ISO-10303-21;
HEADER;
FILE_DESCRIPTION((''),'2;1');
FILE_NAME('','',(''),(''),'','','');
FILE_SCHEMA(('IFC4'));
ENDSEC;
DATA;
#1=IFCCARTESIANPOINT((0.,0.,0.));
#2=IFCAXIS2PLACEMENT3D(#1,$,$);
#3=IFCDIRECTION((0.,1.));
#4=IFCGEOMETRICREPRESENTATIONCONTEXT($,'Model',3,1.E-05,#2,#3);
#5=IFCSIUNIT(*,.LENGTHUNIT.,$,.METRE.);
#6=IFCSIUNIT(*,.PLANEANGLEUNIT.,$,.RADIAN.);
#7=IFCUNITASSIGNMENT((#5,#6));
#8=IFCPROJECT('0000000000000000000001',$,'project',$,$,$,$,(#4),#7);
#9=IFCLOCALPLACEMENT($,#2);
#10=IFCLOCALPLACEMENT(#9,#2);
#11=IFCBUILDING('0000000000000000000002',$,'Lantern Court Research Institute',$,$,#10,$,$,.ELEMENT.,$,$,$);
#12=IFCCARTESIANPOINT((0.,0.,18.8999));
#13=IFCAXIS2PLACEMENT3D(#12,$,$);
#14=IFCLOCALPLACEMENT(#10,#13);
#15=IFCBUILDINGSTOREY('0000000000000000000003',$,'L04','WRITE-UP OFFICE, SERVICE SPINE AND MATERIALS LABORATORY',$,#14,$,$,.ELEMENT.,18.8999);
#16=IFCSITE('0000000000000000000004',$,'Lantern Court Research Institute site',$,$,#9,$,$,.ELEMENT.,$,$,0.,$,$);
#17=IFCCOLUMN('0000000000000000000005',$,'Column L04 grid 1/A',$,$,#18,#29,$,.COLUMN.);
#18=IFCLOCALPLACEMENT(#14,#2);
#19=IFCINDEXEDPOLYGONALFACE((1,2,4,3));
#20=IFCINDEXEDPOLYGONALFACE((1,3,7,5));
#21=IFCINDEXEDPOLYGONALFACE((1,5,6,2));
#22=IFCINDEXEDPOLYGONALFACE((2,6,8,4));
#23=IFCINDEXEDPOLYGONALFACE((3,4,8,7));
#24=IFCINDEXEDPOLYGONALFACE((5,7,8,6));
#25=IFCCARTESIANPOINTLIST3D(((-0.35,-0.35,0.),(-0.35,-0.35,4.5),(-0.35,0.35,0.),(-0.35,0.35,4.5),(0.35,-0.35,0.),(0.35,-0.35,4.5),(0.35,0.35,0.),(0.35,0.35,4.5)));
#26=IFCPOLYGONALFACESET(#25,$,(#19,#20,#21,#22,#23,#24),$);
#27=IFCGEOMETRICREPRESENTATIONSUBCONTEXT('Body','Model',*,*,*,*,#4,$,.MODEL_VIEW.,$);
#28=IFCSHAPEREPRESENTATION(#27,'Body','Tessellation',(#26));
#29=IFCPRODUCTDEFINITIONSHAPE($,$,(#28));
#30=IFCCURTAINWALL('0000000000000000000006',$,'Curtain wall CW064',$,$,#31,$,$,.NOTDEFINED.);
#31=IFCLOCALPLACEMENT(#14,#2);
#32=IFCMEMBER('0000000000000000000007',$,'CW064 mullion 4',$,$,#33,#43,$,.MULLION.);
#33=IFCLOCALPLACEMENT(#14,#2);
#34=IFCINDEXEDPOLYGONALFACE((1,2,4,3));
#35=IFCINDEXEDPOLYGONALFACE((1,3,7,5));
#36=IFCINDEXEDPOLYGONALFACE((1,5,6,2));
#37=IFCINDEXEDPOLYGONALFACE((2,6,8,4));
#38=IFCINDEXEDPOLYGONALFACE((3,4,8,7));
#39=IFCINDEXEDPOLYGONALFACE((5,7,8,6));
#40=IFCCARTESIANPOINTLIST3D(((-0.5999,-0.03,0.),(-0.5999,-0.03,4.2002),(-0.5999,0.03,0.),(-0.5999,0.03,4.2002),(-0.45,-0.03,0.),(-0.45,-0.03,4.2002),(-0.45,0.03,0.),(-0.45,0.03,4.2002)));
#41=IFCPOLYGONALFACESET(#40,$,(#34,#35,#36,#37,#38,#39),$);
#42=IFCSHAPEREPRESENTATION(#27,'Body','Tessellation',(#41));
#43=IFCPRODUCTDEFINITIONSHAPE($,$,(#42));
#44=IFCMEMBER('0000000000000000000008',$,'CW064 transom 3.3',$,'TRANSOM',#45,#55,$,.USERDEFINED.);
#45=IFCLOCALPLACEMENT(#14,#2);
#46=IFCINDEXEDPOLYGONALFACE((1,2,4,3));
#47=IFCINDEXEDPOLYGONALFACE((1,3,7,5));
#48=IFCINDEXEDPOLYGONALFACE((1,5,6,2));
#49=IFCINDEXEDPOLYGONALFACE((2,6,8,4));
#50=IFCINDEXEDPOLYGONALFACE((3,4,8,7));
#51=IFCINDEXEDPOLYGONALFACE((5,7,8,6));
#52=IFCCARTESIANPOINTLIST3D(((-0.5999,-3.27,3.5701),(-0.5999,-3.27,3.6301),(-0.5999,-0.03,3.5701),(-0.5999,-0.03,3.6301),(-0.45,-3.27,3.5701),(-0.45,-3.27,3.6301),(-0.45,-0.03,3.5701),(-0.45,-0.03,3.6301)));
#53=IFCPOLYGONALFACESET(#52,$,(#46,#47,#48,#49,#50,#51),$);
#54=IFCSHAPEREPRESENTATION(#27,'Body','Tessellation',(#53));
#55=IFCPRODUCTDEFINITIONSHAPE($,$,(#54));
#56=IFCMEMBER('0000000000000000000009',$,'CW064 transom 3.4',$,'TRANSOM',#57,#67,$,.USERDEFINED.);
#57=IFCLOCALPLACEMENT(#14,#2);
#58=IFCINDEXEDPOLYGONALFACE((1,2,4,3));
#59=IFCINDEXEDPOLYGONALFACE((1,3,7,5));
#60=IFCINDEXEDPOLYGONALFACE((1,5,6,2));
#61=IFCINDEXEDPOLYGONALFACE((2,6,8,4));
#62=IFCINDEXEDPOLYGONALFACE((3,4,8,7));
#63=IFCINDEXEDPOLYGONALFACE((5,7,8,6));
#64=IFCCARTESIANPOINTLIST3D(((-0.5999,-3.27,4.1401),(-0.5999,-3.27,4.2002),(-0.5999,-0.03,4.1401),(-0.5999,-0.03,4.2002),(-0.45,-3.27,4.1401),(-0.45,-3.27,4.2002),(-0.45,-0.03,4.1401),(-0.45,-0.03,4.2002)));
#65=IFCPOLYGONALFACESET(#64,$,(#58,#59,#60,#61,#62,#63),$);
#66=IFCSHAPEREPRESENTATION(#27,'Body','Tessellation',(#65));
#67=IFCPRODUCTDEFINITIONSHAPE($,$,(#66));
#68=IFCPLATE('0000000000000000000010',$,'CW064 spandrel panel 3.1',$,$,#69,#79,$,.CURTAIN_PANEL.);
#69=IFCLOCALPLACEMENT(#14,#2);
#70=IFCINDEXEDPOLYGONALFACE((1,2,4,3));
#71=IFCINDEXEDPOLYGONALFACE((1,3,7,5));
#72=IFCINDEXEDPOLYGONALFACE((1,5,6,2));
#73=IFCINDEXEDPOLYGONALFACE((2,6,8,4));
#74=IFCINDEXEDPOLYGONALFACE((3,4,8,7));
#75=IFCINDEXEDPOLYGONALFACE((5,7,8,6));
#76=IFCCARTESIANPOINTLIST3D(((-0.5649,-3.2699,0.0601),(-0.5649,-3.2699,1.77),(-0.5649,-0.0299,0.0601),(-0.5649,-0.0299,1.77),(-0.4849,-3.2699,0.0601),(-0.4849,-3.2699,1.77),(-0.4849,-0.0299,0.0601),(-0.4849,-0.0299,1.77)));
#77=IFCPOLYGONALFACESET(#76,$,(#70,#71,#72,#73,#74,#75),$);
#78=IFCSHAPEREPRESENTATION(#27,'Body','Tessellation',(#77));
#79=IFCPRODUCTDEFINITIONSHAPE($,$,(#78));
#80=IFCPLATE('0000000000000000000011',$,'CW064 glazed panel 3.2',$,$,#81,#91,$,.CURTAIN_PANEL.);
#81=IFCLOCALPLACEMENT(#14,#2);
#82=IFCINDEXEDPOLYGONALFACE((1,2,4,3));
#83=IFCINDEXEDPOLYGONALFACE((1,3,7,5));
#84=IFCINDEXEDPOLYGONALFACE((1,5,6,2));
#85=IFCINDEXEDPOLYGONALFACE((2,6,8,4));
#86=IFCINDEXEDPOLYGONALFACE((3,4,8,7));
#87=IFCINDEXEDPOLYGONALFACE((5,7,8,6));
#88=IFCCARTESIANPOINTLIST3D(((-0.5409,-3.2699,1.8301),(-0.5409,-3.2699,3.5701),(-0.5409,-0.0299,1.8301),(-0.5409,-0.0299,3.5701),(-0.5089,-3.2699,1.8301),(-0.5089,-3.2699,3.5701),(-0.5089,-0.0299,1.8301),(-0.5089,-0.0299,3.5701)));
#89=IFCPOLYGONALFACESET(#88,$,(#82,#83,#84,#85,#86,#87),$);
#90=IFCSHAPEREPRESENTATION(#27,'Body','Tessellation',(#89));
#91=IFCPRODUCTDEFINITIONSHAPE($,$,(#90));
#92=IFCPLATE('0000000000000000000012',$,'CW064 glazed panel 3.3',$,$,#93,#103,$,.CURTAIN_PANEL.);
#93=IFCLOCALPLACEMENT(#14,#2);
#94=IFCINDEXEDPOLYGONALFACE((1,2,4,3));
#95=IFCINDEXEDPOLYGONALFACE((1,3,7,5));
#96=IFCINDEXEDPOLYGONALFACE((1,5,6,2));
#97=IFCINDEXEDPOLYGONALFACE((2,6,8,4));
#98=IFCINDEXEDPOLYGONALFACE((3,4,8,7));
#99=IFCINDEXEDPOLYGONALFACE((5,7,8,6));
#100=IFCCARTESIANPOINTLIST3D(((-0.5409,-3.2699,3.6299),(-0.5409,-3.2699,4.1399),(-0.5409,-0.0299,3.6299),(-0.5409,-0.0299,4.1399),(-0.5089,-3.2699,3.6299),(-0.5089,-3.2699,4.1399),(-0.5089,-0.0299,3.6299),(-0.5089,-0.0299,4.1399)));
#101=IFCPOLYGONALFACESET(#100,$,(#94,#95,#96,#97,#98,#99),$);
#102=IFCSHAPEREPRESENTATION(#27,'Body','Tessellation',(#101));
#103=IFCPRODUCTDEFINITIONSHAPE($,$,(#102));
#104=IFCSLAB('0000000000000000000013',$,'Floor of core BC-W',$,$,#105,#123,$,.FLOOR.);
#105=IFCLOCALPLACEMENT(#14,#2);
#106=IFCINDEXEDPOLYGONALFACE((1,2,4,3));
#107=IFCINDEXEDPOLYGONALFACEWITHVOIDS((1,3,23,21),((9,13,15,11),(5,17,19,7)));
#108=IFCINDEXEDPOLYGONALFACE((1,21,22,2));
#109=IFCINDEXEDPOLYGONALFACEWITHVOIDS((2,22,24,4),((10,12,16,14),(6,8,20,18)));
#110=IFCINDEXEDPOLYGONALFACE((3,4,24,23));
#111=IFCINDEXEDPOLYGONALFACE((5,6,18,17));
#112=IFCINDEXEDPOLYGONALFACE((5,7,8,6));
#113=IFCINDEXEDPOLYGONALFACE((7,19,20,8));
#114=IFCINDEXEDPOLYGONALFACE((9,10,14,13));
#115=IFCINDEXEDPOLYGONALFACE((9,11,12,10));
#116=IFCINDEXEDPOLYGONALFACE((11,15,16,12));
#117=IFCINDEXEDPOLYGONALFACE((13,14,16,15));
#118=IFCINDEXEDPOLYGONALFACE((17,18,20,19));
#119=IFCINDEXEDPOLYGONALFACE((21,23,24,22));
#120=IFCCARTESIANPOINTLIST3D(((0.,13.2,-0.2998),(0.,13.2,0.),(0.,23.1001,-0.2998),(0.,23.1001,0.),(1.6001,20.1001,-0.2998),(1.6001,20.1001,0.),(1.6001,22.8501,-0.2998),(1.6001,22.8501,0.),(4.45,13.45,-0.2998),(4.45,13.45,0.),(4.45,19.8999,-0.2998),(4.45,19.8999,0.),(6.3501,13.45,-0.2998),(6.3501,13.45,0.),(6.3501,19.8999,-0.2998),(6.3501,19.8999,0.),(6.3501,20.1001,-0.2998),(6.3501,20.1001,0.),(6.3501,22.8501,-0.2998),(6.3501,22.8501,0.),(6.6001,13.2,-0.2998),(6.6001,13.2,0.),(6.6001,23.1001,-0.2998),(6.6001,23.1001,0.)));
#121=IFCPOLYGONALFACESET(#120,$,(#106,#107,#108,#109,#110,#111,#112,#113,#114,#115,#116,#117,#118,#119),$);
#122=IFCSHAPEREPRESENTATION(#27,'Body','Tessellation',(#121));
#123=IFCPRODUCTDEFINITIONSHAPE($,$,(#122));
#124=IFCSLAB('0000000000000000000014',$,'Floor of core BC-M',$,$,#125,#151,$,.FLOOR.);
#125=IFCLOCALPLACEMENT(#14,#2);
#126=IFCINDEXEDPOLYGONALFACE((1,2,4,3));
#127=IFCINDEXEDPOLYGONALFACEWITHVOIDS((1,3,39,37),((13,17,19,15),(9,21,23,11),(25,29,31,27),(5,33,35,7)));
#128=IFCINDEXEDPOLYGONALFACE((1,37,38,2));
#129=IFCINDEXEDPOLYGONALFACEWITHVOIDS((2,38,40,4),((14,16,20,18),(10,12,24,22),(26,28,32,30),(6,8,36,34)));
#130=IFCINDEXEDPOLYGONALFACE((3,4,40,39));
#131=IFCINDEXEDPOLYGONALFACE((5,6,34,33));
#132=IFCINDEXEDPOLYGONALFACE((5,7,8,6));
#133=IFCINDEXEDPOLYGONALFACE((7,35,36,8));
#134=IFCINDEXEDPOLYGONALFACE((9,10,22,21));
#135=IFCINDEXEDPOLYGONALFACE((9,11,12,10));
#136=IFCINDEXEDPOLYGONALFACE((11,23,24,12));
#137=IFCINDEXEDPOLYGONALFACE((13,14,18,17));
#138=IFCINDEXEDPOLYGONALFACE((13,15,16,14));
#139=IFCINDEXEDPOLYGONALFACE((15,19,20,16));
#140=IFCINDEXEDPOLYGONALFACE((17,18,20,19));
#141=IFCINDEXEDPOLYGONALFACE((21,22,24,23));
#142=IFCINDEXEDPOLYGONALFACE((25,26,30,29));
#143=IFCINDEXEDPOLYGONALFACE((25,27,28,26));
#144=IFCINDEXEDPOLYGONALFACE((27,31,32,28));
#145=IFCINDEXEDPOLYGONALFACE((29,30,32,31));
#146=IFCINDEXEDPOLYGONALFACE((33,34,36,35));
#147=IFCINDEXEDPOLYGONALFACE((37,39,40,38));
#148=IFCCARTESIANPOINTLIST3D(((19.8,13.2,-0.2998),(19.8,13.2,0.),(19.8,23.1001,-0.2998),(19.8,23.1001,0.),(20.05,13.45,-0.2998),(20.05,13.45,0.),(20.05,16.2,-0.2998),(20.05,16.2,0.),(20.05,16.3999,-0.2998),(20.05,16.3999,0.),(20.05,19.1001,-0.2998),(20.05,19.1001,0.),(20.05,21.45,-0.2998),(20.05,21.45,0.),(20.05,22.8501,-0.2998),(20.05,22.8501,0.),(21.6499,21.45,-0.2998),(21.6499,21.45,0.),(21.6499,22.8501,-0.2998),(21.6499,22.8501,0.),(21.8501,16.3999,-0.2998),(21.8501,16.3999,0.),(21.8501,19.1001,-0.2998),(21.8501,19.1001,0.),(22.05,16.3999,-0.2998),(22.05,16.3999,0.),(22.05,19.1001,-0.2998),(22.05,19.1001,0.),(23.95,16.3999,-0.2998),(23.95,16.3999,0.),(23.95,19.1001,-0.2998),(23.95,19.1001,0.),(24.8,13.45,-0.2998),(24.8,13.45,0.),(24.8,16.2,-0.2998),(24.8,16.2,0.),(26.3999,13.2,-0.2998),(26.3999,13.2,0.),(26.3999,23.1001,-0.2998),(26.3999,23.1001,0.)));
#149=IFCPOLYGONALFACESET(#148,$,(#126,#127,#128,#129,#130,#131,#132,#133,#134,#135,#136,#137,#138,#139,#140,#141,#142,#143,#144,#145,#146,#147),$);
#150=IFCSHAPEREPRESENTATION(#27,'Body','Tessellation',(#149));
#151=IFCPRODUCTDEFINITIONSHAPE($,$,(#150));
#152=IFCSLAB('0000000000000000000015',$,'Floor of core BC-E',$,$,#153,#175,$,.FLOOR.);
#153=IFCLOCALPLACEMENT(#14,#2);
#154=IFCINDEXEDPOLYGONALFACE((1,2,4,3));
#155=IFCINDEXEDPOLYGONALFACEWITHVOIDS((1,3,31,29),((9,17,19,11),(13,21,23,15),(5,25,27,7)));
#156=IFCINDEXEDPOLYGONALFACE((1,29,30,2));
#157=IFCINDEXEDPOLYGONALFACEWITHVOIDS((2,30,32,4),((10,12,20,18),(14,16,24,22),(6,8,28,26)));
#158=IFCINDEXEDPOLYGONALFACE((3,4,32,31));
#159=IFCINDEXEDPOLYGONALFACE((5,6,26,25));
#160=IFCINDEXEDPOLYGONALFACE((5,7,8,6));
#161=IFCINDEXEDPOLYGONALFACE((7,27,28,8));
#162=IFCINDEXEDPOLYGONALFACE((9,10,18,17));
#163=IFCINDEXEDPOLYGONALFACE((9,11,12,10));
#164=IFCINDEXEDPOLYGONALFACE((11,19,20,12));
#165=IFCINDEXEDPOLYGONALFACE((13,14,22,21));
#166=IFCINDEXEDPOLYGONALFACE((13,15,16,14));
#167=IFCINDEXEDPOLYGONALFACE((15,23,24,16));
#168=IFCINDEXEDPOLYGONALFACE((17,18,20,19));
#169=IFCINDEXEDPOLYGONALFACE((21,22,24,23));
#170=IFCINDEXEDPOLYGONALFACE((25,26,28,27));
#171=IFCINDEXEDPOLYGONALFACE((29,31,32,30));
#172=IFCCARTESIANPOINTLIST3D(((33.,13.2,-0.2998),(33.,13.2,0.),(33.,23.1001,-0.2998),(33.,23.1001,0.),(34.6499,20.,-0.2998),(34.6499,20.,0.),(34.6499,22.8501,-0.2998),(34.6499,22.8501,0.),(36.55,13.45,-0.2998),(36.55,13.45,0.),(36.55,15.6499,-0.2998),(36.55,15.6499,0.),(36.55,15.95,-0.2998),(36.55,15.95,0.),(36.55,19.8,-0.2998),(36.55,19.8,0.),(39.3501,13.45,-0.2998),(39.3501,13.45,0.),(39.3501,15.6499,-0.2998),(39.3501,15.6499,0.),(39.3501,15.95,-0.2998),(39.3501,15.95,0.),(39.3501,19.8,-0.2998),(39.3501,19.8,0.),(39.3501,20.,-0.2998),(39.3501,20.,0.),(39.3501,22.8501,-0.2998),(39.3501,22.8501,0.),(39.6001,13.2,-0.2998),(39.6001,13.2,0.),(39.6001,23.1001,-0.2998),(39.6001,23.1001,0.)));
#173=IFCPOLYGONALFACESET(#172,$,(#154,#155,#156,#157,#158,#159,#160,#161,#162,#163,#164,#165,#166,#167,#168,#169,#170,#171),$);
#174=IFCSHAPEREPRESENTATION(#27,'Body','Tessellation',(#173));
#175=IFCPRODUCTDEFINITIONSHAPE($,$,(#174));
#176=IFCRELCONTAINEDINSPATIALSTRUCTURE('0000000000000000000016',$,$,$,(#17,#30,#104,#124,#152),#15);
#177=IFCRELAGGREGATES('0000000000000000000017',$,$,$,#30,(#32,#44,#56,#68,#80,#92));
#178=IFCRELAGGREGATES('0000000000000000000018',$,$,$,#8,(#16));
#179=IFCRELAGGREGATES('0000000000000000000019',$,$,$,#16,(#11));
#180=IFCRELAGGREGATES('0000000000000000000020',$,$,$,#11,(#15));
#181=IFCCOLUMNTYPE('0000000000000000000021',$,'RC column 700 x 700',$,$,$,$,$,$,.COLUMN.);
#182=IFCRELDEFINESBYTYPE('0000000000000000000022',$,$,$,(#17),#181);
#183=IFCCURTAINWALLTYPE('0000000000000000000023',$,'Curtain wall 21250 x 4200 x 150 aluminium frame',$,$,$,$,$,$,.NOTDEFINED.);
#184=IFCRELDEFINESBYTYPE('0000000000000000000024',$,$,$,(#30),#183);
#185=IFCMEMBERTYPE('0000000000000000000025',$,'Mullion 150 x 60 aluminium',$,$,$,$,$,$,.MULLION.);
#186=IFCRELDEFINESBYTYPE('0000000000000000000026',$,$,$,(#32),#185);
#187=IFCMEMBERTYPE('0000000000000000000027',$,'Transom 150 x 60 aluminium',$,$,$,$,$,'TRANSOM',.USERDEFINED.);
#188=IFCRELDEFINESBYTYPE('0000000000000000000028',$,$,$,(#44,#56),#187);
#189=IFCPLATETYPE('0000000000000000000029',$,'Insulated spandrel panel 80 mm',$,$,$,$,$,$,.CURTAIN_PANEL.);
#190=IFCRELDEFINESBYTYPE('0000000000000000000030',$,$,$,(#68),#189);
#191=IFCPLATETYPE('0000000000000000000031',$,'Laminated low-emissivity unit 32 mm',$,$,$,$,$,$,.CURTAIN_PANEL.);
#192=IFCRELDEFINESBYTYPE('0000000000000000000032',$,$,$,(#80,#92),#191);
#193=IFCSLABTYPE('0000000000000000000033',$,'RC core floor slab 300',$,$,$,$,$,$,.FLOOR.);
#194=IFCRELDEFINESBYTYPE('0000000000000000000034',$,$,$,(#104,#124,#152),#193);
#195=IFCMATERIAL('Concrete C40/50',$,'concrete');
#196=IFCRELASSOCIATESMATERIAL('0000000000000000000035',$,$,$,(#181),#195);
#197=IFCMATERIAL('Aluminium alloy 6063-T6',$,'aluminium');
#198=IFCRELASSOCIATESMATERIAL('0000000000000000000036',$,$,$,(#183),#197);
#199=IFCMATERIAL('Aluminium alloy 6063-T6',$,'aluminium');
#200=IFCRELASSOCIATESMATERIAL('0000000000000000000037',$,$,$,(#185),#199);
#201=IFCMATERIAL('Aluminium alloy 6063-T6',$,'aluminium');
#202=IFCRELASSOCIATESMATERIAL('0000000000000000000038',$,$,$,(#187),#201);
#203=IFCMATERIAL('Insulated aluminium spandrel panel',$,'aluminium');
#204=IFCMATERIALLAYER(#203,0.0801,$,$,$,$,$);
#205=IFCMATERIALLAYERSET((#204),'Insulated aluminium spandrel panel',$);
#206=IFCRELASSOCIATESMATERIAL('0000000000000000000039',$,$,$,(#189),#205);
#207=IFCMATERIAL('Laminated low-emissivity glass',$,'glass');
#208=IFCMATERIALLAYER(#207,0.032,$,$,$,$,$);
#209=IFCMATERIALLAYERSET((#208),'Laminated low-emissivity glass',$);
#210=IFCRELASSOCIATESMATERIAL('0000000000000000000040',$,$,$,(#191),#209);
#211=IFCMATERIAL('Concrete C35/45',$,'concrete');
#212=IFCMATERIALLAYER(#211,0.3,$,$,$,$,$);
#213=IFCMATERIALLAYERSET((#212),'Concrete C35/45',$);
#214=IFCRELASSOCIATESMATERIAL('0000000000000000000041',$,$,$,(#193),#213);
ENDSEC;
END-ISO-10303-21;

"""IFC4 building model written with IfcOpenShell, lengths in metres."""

from ifc_helpers import new_model, si_unit, direction, frame, origin, origin_with_axes, origin_2d, place, context, subcontext, project, spatial, polyline, rectangle, outline, extrude, material, layer, layer_set, material_profile, profile_set, type_object, element, aggregate, save


model = new_model("IFC4")

# Units and contexts
model_context = context("Model", 3, precision=1e-05, world=origin(), true_north=direction((0.0, 1.0)))
body_context = subcontext(model_context, "Body", "Model", "MODEL_VIEW")
ifc_project = project(units=[si_unit("LENGTHUNIT", "METRE"), si_unit("PLANEANGLEUNIT", "RADIAN")], contexts=[model_context])

# Site, building, storey
site_placement = place(None, origin())
site = spatial("IfcSite", under=ifc_project, at=site_placement, Name="Lantern Court Research Institute site", CompositionType="ELEMENT", RefElevation=0.0)
building_placement = place(site_placement, origin())
building = spatial("IfcBuilding", under=site, at=building_placement, Name="Lantern Court Research Institute", CompositionType="ELEMENT")
storey_placement = place(building_placement, frame((0.0, 0.0, 18.8999)))
storey = spatial("IfcBuildingStorey", under=building, at=storey_placement, Name="L04", Description="WRITE-UP OFFICE, SERVICE SPINE AND MATERIALS LABORATORY", CompositionType="ELEMENT", Elevation=18.8999)

# Column
ifc_material_1 = material(Name="Concrete C40/50", Category="concrete")
ifc_material_profile_1 = material_profile(ifc_material_1, rectangle(XDim=0.7, YDim=0.7, at=origin_2d()), Name="RC column 700 x 700")
ifc_profile_set_1 = profile_set([ifc_material_profile_1], Name="Concrete C40/50")
column_type = type_object("IfcColumnType", Name="RC column 700 x 700", PredefinedType="COLUMN", material=ifc_profile_set_1)
column_placement = place(storey_placement, origin_with_axes())
element("IfcColumn", 1, at=column_placement, inside=storey, type_object=column_type, Name="Column L04 grid 1/A", PredefinedType="COLUMN", context=body_context, shape_type="SweptSolid", body=[
    extrude(rectangle(XDim=0.7, YDim=0.7, at=origin_2d()), origin(), (0.0, 0.0, 1.0), 4.5),
])

# Curtain wall, members, plates
ifc_material_2 = material(Name="Aluminium alloy 6063-T6", Category="aluminium")
curtain_wall_type = type_object("IfcCurtainWallType", Name="Curtain wall 21250 x 4200 x 150 aluminium frame", PredefinedType="NOTDEFINED", material=ifc_material_2)
curtain_wall_placement = place(storey_placement, origin())
curtain_wall = element("IfcCurtainWall", 2, at=curtain_wall_placement, inside=storey, type_object=curtain_wall_type, Name="Curtain wall CW064", PredefinedType="NOTDEFINED")
ifc_material_3 = material(Name="Aluminium alloy 6063-T6", Category="aluminium")
ifc_material_profile_2 = material_profile(ifc_material_3, rectangle(XDim=0.1499, YDim=0.0601, at=origin_2d()), Name="Mullion 150 x 60")
ifc_profile_set_2 = profile_set([ifc_material_profile_2], Name="Aluminium alloy 6063-T6")
member_type_1 = type_object("IfcMemberType", Name="Mullion 150 x 60 aluminium", PredefinedType="MULLION", material=ifc_profile_set_2)
member_1_placement = place(storey_placement, frame((-0.5249, 0.0, 0.0), z_axis=(0.0, 0.0, 1.0), x_axis=(-1.0, 0.0, 0.0)))
member_1 = element("IfcMember", 3, at=member_1_placement, type_object=member_type_1, Name="CW064 mullion 4", PredefinedType="MULLION", context=body_context, shape_type="SweptSolid", body=[
    extrude(rectangle(XDim=0.1499, YDim=0.0601, at=origin_2d()), origin(), (0.0, 0.0, 1.0), 4.2002),
])
ifc_material_4 = material(Name="Aluminium alloy 6063-T6", Category="aluminium")
ifc_material_profile_3 = material_profile(ifc_material_4, rectangle(XDim=0.1499, YDim=0.0601, at=origin_2d()), Name="Transom 150 x 60")
ifc_profile_set_3 = profile_set([ifc_material_profile_3], Name="Aluminium alloy 6063-T6")
member_type_2 = type_object("IfcMemberType", Name="Transom 150 x 60 aluminium", ElementType="TRANSOM", PredefinedType="USERDEFINED", material=ifc_profile_set_3)
member_2_placement = place(storey_placement, frame((-0.5249, -3.27, 3.6001), z_axis=(0.0, 1.0, 0.0), x_axis=(-1.0, 0.0, 0.0)))
member_2 = element("IfcMember", 4, at=member_2_placement, type_object=member_type_2, Name="CW064 transom 3.3", ObjectType="TRANSOM", PredefinedType="USERDEFINED", context=body_context, shape_type="SweptSolid", body=[
    extrude(rectangle(XDim=0.1499, YDim=0.0601, at=origin_2d()), origin(), (0.0, 0.0, 1.0), 3.24),
])
member_3_placement = place(storey_placement, frame((-0.5249, -3.27, 4.1702), z_axis=(0.0, 1.0, 0.0), x_axis=(-1.0, 0.0, 0.0)))
member_3 = element("IfcMember", 5, at=member_3_placement, type_object=member_type_2, Name="CW064 transom 3.4", ObjectType="TRANSOM", PredefinedType="USERDEFINED", context=body_context, shape_type="SweptSolid", body=[
    extrude(rectangle(XDim=0.1499, YDim=0.0601, at=origin_2d()), origin(), (0.0, 0.0, 1.0), 3.24),
])
ifc_material_5 = material(Name="Insulated aluminium spandrel panel", Category="aluminium")
ifc_layer_1 = layer(ifc_material_5, 0.0801)
ifc_layer_set_1 = layer_set([ifc_layer_1], Name="Insulated aluminium spandrel panel")
plate_type_1 = type_object("IfcPlateType", Name="Insulated spandrel panel 80 mm", PredefinedType="CURTAIN_PANEL", material=ifc_layer_set_1)
plate_1_placement = place(storey_placement, frame((-0.5249, -1.6499, 0.0601), z_axis=(0.0, 0.0, 1.0), x_axis=(0.0, 1.0, 0.0)))
plate_1 = element("IfcPlate", 6, at=plate_1_placement, type_object=plate_type_1, Name="CW064 spandrel panel 3.1", PredefinedType="CURTAIN_PANEL", context=body_context, shape_type="SweptSolid", body=[
    extrude(rectangle(XDim=3.24, YDim=0.0801, at=origin_2d()), origin(), (0.0, 0.0, 1.0), 1.71),
])
ifc_material_6 = material(Name="Laminated low-emissivity glass", Category="glass")
ifc_layer_2 = layer(ifc_material_6, 0.032)
ifc_layer_set_2 = layer_set([ifc_layer_2], Name="Laminated low-emissivity glass")
plate_type_2 = type_object("IfcPlateType", Name="Laminated low-emissivity unit 32 mm", PredefinedType="CURTAIN_PANEL", material=ifc_layer_set_2)
plate_2_placement = place(storey_placement, frame((-0.5249, -1.6499, 1.8301), z_axis=(0.0, 0.0, 1.0), x_axis=(0.0, 1.0, 0.0)))
plate_2 = element("IfcPlate", 7, at=plate_2_placement, type_object=plate_type_2, Name="CW064 glazed panel 3.2", PredefinedType="CURTAIN_PANEL", context=body_context, shape_type="SweptSolid", body=[
    extrude(rectangle(XDim=3.24, YDim=0.032, at=origin_2d()), origin(), (0.0, 0.0, 1.0), 1.74),
])
plate_3_placement = place(storey_placement, frame((-0.5249, -1.6499, 3.6299), z_axis=(0.0, 0.0, 1.0), x_axis=(0.0, 1.0, 0.0)))
plate_3 = element("IfcPlate", 8, at=plate_3_placement, type_object=plate_type_2, Name="CW064 glazed panel 3.3", PredefinedType="CURTAIN_PANEL", context=body_context, shape_type="SweptSolid", body=[
    extrude(rectangle(XDim=3.24, YDim=0.032, at=origin_2d()), origin(), (0.0, 0.0, 1.0), 0.51),
])
aggregate(curtain_wall, [member_1, member_2, member_3, plate_1, plate_2, plate_3])

# Slabs
ifc_material_7 = material(Name="Concrete C35/45", Category="concrete")
ifc_layer_3 = layer(ifc_material_7, 0.3)
ifc_layer_set_3 = layer_set([ifc_layer_3], Name="Concrete C35/45")
slab_type_1 = type_object("IfcSlabType", Name="RC core floor slab 300", PredefinedType="FLOOR", material=ifc_layer_set_3)
slab_1_placement = place(storey_placement, frame((0.0, 0.0, -0.2998)))
element("IfcSlab", 9, at=slab_1_placement, inside=storey, type_object=slab_type_1, Name="Floor of core BC-W", PredefinedType="FLOOR", context=body_context, shape_type="SweptSolid", body=[
    extrude(outline(polyline([(0.0, 13.2), (6.6001, 13.2), (6.6001, 23.1001), (0.0, 23.1001), (0.0, 13.2)]), holes=[polyline([(1.6001, 20.1001), (6.3501, 20.1001), (6.3501, 22.8501), (1.6001, 22.8501), (1.6001, 20.1001)]), polyline([(4.45, 13.45), (4.45, 19.8999), (6.3501, 19.8999), (6.3501, 13.45), (4.45, 13.45)])]), origin(), (0.0, 0.0, 1.0), 0.2998),
])
slab_2_placement = place(storey_placement, frame((0.0, 0.0, -0.2998)))
element("IfcSlab", 10, at=slab_2_placement, inside=storey, type_object=slab_type_1, Name="Floor of core BC-M", PredefinedType="FLOOR", context=body_context, shape_type="SweptSolid", body=[
    extrude(outline(polyline([(19.8, 13.2), (26.3999, 13.2), (26.3999, 23.1001), (19.8, 23.1001), (19.8, 13.2)]), holes=[polyline([(24.8, 16.2), (20.05, 16.2), (20.05, 13.45), (24.8, 13.45), (24.8, 16.2)]), polyline([(20.05, 16.3999), (21.8501, 16.3999), (21.8501, 19.1001), (20.05, 19.1001), (20.05, 16.3999)]), polyline([(22.05, 16.3999), (23.95, 16.3999), (23.95, 19.1001), (22.05, 19.1001), (22.05, 16.3999)]), polyline([(21.6499, 21.45), (20.05, 21.45), (20.05, 22.8501), (21.6499, 22.8501), (21.6499, 21.45)])]), origin(), (0.0, 0.0, 1.0), 0.2998),
])
slab_3_placement = place(storey_placement, frame((0.0, 0.0, -0.2998)))
element("IfcSlab", 11, at=slab_3_placement, inside=storey, type_object=slab_type_1, Name="Floor of core BC-E", PredefinedType="FLOOR", context=body_context, shape_type="SweptSolid", body=[
    extrude(outline(polyline([(33.0, 13.2), (39.6001, 13.2), (39.6001, 23.1001), (33.0, 23.1001), (33.0, 13.2)]), holes=[polyline([(34.6499, 20.0), (39.3501, 20.0), (39.3501, 22.8501), (34.6499, 22.8501), (34.6499, 20.0)]), polyline([(36.55, 13.45), (39.3501, 13.45), (39.3501, 15.6499), (36.55, 15.6499), (36.55, 13.45)]), polyline([(39.3501, 15.95), (36.55, 15.95), (36.55, 19.8), (39.3501, 19.8), (39.3501, 15.95)])]), origin(), (0.0, 0.0, 1.0), 0.2998),
])

save(model, "model.ifc")
